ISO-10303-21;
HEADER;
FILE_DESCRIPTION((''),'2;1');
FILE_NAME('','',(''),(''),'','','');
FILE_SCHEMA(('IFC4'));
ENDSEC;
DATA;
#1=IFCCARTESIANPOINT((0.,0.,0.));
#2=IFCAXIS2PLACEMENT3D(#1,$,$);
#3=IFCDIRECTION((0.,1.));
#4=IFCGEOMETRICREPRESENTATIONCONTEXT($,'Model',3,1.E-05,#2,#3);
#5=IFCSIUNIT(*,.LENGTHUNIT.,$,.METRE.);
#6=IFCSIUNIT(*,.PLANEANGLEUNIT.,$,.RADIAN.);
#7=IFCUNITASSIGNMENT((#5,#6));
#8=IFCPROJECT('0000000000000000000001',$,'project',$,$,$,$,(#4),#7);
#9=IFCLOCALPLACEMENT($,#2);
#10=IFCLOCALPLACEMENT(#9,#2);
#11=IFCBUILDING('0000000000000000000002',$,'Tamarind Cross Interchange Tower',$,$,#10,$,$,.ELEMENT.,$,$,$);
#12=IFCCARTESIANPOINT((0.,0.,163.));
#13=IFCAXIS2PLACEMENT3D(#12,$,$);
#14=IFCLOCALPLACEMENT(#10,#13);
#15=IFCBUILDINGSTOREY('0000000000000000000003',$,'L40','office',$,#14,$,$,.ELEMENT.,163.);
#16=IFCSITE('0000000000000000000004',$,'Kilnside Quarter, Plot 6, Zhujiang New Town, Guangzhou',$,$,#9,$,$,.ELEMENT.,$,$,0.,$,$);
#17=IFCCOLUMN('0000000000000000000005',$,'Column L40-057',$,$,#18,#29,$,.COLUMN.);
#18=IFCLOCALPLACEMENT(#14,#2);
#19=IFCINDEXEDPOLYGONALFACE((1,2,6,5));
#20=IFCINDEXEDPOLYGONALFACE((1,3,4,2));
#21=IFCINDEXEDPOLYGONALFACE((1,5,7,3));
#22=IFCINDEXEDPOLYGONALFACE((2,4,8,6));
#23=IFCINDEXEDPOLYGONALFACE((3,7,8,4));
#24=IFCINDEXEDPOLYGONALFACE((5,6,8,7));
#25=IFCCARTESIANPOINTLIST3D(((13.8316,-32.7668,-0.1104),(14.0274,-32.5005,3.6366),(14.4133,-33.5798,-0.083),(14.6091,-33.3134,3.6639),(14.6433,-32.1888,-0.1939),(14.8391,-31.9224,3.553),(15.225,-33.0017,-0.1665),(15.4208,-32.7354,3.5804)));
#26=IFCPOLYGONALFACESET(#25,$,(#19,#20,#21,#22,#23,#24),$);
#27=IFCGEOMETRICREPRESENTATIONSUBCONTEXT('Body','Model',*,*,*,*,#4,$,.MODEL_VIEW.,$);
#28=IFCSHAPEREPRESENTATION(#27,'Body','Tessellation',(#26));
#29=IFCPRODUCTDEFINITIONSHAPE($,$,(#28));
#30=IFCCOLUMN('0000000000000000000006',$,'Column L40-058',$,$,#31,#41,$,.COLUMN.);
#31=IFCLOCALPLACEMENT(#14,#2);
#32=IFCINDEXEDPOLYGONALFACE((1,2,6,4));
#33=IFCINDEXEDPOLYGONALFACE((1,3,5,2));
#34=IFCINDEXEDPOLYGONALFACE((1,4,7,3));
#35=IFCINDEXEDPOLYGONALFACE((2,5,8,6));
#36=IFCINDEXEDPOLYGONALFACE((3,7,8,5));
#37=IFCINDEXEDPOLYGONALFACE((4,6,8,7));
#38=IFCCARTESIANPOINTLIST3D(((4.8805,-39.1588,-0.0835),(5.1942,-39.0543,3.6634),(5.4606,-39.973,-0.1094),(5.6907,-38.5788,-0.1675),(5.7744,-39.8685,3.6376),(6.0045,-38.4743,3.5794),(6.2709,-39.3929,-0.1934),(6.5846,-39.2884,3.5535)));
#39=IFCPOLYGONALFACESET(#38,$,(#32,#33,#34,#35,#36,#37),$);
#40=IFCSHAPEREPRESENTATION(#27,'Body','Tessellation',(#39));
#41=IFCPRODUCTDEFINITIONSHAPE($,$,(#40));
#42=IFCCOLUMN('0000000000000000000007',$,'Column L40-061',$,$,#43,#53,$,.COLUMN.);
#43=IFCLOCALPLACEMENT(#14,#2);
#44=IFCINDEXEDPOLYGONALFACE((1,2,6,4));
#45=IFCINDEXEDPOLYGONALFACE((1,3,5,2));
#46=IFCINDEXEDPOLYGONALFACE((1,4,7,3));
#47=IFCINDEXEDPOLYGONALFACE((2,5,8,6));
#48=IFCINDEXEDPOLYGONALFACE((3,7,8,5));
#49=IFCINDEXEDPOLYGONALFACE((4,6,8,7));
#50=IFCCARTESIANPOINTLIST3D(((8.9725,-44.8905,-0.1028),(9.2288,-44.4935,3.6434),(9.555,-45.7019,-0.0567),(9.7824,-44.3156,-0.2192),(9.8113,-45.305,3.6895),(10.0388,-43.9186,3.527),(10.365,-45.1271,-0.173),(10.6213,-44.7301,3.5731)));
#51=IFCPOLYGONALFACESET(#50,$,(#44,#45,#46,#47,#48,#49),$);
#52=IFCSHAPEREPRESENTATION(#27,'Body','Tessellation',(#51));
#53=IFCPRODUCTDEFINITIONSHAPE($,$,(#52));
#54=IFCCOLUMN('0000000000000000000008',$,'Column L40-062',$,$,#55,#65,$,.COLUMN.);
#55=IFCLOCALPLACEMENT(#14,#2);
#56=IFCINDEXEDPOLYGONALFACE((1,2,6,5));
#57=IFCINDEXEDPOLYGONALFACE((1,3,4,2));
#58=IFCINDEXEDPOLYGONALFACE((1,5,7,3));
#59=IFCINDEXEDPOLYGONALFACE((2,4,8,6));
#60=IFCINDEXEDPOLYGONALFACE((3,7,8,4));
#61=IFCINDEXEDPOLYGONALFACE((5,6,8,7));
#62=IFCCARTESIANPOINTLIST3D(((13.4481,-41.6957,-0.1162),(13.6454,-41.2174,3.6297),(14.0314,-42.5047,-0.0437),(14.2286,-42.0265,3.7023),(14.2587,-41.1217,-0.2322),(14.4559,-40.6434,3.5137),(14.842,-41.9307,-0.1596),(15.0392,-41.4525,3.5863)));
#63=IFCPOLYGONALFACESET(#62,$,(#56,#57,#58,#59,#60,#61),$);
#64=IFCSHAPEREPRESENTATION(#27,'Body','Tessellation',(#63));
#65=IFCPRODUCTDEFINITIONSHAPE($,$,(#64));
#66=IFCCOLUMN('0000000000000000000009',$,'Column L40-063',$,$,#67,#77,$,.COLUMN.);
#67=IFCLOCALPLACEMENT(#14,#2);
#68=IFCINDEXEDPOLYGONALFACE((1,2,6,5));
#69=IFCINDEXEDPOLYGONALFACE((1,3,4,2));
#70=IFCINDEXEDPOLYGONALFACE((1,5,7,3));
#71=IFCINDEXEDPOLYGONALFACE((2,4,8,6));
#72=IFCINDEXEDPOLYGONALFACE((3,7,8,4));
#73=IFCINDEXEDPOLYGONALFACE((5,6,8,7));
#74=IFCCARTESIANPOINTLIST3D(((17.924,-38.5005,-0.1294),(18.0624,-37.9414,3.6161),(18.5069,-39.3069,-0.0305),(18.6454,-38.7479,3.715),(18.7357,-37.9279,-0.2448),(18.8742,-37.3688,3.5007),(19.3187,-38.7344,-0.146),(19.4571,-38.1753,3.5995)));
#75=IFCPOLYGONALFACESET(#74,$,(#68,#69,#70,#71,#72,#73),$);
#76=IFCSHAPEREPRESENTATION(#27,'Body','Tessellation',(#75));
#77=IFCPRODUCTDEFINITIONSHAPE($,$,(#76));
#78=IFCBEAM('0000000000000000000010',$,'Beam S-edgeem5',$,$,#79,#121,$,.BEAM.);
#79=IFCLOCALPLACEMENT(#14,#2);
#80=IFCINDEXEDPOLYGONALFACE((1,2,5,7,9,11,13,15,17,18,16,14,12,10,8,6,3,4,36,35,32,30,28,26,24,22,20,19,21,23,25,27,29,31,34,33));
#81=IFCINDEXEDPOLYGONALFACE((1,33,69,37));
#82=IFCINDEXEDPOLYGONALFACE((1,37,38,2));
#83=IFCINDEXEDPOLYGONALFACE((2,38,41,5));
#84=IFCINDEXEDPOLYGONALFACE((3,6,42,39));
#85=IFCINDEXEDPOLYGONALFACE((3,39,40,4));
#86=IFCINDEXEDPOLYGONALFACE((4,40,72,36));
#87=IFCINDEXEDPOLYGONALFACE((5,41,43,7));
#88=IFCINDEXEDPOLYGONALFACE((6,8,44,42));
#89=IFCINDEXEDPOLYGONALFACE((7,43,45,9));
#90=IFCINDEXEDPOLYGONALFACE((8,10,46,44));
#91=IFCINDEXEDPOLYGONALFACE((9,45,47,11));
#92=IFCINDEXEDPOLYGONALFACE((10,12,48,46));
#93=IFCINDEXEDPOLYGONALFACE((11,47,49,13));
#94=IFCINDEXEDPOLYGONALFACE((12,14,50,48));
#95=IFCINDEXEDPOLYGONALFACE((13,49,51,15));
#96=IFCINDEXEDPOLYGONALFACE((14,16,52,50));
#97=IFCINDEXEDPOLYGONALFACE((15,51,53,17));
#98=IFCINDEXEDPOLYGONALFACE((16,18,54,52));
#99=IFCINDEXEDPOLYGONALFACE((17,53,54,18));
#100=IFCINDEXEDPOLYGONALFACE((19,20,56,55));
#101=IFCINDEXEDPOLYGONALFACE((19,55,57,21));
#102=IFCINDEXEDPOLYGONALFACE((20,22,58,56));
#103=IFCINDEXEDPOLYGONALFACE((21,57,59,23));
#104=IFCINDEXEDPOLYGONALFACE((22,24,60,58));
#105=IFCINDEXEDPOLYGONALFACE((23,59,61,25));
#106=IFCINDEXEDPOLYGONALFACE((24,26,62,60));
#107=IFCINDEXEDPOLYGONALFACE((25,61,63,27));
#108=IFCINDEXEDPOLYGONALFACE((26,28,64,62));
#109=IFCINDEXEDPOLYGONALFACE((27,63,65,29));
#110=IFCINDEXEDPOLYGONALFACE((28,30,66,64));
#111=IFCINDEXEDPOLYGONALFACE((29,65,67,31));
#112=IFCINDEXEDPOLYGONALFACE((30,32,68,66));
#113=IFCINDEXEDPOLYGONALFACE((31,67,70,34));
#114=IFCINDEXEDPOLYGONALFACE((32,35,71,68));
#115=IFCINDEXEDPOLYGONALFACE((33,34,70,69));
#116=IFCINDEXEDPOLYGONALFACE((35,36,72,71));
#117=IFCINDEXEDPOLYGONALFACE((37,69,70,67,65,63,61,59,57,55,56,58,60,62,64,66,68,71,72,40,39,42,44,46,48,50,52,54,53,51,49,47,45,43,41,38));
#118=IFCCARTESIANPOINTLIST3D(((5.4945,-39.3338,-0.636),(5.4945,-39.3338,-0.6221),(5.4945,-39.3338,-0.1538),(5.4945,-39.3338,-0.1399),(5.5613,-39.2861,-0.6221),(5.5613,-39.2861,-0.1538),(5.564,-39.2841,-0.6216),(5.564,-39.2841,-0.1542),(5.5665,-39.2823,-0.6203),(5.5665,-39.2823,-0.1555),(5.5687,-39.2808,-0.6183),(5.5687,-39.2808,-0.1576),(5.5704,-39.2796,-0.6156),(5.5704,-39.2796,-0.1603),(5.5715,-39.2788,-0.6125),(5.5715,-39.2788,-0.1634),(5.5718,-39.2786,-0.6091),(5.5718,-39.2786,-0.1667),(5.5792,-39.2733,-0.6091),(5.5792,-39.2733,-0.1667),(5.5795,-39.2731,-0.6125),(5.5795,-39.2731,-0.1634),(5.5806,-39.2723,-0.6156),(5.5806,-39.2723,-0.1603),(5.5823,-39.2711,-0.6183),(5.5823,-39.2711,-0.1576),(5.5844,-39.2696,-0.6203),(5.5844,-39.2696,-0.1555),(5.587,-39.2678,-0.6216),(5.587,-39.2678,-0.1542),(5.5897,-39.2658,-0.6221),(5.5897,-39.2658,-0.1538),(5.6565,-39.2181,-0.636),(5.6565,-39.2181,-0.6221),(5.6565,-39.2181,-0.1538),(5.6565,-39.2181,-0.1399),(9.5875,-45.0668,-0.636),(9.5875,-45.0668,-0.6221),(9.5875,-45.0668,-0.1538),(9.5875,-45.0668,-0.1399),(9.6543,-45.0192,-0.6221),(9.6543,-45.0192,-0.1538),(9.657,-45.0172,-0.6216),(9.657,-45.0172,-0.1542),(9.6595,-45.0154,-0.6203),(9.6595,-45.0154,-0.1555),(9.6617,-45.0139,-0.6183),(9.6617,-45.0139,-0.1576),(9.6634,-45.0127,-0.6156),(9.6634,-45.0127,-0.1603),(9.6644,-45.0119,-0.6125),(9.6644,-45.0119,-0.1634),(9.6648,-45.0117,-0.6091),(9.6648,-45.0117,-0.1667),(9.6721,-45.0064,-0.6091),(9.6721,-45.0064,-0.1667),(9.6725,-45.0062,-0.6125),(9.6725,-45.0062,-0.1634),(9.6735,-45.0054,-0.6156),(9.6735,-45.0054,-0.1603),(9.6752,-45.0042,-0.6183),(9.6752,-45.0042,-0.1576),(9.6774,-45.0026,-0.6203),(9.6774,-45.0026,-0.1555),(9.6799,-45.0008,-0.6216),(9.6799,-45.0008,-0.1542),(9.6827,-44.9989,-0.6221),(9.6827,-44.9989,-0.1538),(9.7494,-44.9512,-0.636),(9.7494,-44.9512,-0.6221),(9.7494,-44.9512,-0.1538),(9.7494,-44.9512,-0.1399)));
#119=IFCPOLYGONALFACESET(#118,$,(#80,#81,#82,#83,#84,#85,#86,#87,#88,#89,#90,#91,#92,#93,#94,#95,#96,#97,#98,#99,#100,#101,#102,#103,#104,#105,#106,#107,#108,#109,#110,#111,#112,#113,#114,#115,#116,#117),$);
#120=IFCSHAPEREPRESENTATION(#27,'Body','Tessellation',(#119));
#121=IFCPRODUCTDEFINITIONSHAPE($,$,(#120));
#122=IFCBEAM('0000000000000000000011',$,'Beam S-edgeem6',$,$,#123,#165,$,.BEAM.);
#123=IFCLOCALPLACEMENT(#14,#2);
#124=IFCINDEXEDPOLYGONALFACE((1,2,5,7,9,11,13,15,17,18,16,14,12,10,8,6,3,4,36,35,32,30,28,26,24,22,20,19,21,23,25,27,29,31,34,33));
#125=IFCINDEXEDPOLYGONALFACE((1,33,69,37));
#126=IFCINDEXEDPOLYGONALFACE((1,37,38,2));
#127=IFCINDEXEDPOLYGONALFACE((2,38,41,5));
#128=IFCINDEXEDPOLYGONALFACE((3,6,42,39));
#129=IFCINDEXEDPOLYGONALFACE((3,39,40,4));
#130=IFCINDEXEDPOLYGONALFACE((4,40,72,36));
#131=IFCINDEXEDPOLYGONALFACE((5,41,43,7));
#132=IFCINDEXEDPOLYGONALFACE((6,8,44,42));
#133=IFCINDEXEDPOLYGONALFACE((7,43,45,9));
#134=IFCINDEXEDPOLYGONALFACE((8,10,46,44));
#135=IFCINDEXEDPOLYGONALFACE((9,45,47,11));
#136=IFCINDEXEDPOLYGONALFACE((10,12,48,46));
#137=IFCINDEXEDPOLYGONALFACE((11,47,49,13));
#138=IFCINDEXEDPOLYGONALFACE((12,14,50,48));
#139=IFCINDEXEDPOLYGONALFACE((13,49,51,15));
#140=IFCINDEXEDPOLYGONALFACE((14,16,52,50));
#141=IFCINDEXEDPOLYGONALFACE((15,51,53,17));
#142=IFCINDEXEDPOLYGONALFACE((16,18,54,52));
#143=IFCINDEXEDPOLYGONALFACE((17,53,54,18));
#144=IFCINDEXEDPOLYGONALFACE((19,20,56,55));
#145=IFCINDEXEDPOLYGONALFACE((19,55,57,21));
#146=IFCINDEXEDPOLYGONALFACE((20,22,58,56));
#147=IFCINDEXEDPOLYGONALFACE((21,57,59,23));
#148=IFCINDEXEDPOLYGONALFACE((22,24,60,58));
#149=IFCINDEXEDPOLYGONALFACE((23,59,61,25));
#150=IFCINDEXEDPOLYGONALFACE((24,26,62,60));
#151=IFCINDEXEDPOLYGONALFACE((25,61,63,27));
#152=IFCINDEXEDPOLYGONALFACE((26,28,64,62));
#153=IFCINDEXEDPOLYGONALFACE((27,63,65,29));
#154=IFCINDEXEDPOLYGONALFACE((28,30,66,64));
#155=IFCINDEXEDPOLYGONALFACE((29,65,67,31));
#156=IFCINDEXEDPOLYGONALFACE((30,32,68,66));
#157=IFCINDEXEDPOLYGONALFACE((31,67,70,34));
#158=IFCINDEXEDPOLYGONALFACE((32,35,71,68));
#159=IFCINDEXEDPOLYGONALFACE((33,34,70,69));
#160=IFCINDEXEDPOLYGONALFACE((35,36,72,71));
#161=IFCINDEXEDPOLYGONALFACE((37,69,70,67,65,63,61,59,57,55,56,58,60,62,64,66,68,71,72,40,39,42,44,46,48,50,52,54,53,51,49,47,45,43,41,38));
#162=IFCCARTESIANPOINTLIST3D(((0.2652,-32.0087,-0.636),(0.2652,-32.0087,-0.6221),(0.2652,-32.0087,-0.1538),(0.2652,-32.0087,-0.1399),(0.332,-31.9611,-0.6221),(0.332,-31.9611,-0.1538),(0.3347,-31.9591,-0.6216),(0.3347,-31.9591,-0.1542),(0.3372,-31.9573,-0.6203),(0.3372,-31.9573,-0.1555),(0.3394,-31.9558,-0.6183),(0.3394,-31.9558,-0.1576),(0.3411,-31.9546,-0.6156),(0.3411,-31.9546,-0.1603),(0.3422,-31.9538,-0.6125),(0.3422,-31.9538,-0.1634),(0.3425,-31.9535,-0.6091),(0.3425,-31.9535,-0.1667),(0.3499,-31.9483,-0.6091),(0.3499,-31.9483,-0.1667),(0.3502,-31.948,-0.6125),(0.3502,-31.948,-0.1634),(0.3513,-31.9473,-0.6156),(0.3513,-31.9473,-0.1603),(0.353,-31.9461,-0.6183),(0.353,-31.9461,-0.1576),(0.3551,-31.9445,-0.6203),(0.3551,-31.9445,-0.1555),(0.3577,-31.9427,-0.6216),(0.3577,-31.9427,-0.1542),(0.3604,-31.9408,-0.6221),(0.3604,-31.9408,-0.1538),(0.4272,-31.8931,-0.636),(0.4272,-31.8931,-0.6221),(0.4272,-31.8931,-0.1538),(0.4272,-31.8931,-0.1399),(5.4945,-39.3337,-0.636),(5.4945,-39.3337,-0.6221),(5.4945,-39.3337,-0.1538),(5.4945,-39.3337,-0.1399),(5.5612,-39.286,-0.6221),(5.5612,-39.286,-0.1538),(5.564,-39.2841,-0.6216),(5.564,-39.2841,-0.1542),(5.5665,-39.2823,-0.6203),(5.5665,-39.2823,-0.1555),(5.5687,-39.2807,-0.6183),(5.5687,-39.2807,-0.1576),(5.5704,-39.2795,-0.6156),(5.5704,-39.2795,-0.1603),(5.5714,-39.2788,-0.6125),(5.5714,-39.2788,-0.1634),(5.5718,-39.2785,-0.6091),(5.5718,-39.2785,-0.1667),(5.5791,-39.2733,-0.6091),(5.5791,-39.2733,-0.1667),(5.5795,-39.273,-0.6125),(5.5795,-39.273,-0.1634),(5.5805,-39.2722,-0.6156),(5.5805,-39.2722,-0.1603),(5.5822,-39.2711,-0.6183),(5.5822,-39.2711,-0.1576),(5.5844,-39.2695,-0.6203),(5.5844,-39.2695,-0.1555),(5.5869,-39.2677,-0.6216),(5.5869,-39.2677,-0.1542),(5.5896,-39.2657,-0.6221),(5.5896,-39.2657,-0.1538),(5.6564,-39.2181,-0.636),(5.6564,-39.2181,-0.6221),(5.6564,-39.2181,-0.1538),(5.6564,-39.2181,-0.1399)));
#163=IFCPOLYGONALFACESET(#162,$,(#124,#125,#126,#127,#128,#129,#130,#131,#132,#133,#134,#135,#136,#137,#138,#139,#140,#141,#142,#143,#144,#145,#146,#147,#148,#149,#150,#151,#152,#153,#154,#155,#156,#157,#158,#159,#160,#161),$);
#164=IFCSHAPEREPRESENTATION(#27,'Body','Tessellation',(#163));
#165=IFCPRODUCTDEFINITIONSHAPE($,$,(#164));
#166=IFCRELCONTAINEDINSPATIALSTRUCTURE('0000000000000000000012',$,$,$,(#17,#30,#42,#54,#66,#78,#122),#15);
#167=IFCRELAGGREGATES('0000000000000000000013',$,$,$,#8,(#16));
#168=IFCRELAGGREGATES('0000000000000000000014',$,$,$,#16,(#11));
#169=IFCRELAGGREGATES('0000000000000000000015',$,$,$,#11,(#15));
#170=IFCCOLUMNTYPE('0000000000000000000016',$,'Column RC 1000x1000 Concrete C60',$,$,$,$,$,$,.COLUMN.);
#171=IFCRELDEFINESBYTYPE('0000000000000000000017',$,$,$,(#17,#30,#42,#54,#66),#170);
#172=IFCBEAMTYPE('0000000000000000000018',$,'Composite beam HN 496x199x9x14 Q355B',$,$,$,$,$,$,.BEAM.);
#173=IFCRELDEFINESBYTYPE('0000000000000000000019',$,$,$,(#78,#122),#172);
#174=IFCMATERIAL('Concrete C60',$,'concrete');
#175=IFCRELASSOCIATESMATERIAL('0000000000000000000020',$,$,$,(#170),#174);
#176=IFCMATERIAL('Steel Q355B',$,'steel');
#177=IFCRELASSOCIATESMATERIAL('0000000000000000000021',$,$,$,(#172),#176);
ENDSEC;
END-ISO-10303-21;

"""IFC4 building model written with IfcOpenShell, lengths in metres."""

from ifc_helpers import new_model, si_unit, direction, frame, origin, origin_2d, place, context, subcontext, project, spatial, rectangle, i_section, extrude, material, material_profile, profile_set, type_object, element, save


model = new_model("IFC4")

# Units and contexts
model_context = context("Model", 3, precision=1e-05, world=origin(), true_north=direction((0.0, 1.0)))
body_context = subcontext(model_context, "Body", "Model", "MODEL_VIEW")
ifc_project = project(units=[si_unit("LENGTHUNIT", "METRE"), si_unit("PLANEANGLEUNIT", "RADIAN")], contexts=[model_context])

# Site, building, storey
site_placement = place(None, origin())
site = spatial("IfcSite", under=ifc_project, at=site_placement, Name="Kilnside Quarter, Plot 6, Zhujiang New Town, Guangzhou", CompositionType="ELEMENT", RefElevation=0.0)
building_placement = place(site_placement, origin())
building = spatial("IfcBuilding", under=site, at=building_placement, Name="Tamarind Cross Interchange Tower", CompositionType="ELEMENT")
storey_placement = place(building_placement, frame((0.0, 0.0, 163.0)))
storey = spatial("IfcBuildingStorey", under=building, at=storey_placement, Name="L40", Description="office", CompositionType="ELEMENT", Elevation=163.0)

# Columns
ifc_material_1 = material(Name="Concrete C60", Category="concrete")
ifc_material_profile_1 = material_profile(ifc_material_1, rectangle(XDim=1.0, YDim=1.0, at=origin_2d()), Name="RC 1000x1000")
ifc_profile_set_1 = profile_set([ifc_material_profile_1], Name="Concrete C60")
column_type = type_object("IfcColumnType", Name="Column RC 1000x1000 Concrete C60", PredefinedType="COLUMN", material=ifc_profile_set_1)
for number, where, z_axis, x_axis, name in (
    (1, (14.5283, -32.8843, -0.1384), (0.052056, 0.070814, 0.99613), (-0.811721, -0.578044, 0.083511), "Column L40-057"),
    (2, (5.5757, -39.2759, -0.1384), (0.083406, 0.02778, 0.996128), (-0.580128, 0.814114, 0.02587), "Column L40-058"),
):
    element("IfcColumn", number, at=place(storey_placement, frame(where, z_axis=z_axis, x_axis=x_axis)), inside=storey, type_object=column_type, Name=name, PredefinedType="COLUMN", context=body_context, shape_type="SweptSolid", body=[
        extrude(rectangle(XDim=1.0, YDim=1.0, at=origin_2d()), origin(), (0.0, 0.0, 1.0), 3.7615),
    ])
column_1_placement = place(storey_placement, frame((9.6687, -45.0088, -0.1379), z_axis=(0.067893, 0.105137, 0.992138), x_axis=(-0.80996, -0.57483, 0.116341)))
element("IfcColumn", 3, at=column_1_placement, inside=storey, type_object=column_type, Name="Column L40-061", PredefinedType="COLUMN", context=body_context, shape_type="SweptSolid", body=[
    extrude(rectangle(XDim=1.0, YDim=1.0, at=origin_2d()), origin(), (0.0, 0.0, 1.0), 3.7759),
])
column_2_placement = place(storey_placement, frame((14.145, -41.8132, -0.1379), z_axis=(0.052167, 0.12648, 0.990597), x_axis=(-0.810591, -0.574013, 0.115978)))
element("IfcColumn", 4, at=column_2_placement, inside=storey, type_object=column_type, Name="Column L40-062", PredefinedType="COLUMN", context=body_context, shape_type="SweptSolid", body=[
    extrude(rectangle(XDim=1.0, YDim=1.0, at=origin_2d()), origin(), (0.0, 0.0, 1.0), 3.7815),
])
column_3_placement = place(storey_placement, frame((18.6213, -38.6174, -0.1377), z_axis=(0.036528, 0.147529, 0.988383), x_axis=(-0.811708, -0.572539, 0.115458)))
element("IfcColumn", 5, at=column_3_placement, inside=storey, type_object=column_type, Name="Column L40-063", PredefinedType="COLUMN", context=body_context, shape_type="SweptSolid", body=[
    extrude(rectangle(XDim=1.0, YDim=1.0, at=origin_2d()), origin(), (0.0, 0.0, 1.0), 3.7896),
])

# Beams
ifc_material_2 = material(Name="Steel Q355B", Category="steel")
ifc_material_profile_2 = material_profile(ifc_material_2, i_section(OverallWidth=0.199, OverallDepth=0.4961, WebThickness=0.009, FlangeThickness=0.0139, FilletRadius=0.0129, at=origin_2d()), Name="HN 496x199x9x14")
ifc_profile_set_2 = profile_set([ifc_material_profile_2], Name="Steel Q355B")
beam_type_1 = type_object("IfcBeamType", Name="Composite beam HN 496x199x9x14 Q355B", PredefinedType="BEAM", material=ifc_profile_set_2)
beam_1_placement = place(storey_placement, frame((9.6685, -45.009, -0.3879), z_axis=(-0.581041, 0.813874, 0.0), x_axis=(-0.813874, -0.581041, 0.0)))
element("IfcBeam", 6, at=beam_1_placement, inside=storey, type_object=beam_type_1, Name="Beam S-edgeem5", PredefinedType="BEAM", context=body_context, shape_type="SweptSolid", body=[
    extrude(i_section(OverallWidth=0.199, OverallDepth=0.4961, WebThickness=0.009, FlangeThickness=0.0139, FilletRadius=0.0129, at=origin_2d()), origin(), (0.0, 0.0, 1.0), 7.0442),
])
beam_2_placement = place(storey_placement, frame((5.5754, -39.2759, -0.3879), z_axis=(-0.581028, 0.813884, 0.0), x_axis=(-0.813884, -0.581028, 0.0)))
element("IfcBeam", 7, at=beam_2_placement, inside=storey, type_object=beam_type_1, Name="Beam S-edgeem6", PredefinedType="BEAM", context=body_context, shape_type="SweptSolid", body=[
    extrude(i_section(OverallWidth=0.199, OverallDepth=0.4961, WebThickness=0.009, FlangeThickness=0.0139, FilletRadius=0.0129, at=origin_2d()), origin(), (0.0, 0.0, 1.0), 9.0),
])

save(model, "model.ifc")
